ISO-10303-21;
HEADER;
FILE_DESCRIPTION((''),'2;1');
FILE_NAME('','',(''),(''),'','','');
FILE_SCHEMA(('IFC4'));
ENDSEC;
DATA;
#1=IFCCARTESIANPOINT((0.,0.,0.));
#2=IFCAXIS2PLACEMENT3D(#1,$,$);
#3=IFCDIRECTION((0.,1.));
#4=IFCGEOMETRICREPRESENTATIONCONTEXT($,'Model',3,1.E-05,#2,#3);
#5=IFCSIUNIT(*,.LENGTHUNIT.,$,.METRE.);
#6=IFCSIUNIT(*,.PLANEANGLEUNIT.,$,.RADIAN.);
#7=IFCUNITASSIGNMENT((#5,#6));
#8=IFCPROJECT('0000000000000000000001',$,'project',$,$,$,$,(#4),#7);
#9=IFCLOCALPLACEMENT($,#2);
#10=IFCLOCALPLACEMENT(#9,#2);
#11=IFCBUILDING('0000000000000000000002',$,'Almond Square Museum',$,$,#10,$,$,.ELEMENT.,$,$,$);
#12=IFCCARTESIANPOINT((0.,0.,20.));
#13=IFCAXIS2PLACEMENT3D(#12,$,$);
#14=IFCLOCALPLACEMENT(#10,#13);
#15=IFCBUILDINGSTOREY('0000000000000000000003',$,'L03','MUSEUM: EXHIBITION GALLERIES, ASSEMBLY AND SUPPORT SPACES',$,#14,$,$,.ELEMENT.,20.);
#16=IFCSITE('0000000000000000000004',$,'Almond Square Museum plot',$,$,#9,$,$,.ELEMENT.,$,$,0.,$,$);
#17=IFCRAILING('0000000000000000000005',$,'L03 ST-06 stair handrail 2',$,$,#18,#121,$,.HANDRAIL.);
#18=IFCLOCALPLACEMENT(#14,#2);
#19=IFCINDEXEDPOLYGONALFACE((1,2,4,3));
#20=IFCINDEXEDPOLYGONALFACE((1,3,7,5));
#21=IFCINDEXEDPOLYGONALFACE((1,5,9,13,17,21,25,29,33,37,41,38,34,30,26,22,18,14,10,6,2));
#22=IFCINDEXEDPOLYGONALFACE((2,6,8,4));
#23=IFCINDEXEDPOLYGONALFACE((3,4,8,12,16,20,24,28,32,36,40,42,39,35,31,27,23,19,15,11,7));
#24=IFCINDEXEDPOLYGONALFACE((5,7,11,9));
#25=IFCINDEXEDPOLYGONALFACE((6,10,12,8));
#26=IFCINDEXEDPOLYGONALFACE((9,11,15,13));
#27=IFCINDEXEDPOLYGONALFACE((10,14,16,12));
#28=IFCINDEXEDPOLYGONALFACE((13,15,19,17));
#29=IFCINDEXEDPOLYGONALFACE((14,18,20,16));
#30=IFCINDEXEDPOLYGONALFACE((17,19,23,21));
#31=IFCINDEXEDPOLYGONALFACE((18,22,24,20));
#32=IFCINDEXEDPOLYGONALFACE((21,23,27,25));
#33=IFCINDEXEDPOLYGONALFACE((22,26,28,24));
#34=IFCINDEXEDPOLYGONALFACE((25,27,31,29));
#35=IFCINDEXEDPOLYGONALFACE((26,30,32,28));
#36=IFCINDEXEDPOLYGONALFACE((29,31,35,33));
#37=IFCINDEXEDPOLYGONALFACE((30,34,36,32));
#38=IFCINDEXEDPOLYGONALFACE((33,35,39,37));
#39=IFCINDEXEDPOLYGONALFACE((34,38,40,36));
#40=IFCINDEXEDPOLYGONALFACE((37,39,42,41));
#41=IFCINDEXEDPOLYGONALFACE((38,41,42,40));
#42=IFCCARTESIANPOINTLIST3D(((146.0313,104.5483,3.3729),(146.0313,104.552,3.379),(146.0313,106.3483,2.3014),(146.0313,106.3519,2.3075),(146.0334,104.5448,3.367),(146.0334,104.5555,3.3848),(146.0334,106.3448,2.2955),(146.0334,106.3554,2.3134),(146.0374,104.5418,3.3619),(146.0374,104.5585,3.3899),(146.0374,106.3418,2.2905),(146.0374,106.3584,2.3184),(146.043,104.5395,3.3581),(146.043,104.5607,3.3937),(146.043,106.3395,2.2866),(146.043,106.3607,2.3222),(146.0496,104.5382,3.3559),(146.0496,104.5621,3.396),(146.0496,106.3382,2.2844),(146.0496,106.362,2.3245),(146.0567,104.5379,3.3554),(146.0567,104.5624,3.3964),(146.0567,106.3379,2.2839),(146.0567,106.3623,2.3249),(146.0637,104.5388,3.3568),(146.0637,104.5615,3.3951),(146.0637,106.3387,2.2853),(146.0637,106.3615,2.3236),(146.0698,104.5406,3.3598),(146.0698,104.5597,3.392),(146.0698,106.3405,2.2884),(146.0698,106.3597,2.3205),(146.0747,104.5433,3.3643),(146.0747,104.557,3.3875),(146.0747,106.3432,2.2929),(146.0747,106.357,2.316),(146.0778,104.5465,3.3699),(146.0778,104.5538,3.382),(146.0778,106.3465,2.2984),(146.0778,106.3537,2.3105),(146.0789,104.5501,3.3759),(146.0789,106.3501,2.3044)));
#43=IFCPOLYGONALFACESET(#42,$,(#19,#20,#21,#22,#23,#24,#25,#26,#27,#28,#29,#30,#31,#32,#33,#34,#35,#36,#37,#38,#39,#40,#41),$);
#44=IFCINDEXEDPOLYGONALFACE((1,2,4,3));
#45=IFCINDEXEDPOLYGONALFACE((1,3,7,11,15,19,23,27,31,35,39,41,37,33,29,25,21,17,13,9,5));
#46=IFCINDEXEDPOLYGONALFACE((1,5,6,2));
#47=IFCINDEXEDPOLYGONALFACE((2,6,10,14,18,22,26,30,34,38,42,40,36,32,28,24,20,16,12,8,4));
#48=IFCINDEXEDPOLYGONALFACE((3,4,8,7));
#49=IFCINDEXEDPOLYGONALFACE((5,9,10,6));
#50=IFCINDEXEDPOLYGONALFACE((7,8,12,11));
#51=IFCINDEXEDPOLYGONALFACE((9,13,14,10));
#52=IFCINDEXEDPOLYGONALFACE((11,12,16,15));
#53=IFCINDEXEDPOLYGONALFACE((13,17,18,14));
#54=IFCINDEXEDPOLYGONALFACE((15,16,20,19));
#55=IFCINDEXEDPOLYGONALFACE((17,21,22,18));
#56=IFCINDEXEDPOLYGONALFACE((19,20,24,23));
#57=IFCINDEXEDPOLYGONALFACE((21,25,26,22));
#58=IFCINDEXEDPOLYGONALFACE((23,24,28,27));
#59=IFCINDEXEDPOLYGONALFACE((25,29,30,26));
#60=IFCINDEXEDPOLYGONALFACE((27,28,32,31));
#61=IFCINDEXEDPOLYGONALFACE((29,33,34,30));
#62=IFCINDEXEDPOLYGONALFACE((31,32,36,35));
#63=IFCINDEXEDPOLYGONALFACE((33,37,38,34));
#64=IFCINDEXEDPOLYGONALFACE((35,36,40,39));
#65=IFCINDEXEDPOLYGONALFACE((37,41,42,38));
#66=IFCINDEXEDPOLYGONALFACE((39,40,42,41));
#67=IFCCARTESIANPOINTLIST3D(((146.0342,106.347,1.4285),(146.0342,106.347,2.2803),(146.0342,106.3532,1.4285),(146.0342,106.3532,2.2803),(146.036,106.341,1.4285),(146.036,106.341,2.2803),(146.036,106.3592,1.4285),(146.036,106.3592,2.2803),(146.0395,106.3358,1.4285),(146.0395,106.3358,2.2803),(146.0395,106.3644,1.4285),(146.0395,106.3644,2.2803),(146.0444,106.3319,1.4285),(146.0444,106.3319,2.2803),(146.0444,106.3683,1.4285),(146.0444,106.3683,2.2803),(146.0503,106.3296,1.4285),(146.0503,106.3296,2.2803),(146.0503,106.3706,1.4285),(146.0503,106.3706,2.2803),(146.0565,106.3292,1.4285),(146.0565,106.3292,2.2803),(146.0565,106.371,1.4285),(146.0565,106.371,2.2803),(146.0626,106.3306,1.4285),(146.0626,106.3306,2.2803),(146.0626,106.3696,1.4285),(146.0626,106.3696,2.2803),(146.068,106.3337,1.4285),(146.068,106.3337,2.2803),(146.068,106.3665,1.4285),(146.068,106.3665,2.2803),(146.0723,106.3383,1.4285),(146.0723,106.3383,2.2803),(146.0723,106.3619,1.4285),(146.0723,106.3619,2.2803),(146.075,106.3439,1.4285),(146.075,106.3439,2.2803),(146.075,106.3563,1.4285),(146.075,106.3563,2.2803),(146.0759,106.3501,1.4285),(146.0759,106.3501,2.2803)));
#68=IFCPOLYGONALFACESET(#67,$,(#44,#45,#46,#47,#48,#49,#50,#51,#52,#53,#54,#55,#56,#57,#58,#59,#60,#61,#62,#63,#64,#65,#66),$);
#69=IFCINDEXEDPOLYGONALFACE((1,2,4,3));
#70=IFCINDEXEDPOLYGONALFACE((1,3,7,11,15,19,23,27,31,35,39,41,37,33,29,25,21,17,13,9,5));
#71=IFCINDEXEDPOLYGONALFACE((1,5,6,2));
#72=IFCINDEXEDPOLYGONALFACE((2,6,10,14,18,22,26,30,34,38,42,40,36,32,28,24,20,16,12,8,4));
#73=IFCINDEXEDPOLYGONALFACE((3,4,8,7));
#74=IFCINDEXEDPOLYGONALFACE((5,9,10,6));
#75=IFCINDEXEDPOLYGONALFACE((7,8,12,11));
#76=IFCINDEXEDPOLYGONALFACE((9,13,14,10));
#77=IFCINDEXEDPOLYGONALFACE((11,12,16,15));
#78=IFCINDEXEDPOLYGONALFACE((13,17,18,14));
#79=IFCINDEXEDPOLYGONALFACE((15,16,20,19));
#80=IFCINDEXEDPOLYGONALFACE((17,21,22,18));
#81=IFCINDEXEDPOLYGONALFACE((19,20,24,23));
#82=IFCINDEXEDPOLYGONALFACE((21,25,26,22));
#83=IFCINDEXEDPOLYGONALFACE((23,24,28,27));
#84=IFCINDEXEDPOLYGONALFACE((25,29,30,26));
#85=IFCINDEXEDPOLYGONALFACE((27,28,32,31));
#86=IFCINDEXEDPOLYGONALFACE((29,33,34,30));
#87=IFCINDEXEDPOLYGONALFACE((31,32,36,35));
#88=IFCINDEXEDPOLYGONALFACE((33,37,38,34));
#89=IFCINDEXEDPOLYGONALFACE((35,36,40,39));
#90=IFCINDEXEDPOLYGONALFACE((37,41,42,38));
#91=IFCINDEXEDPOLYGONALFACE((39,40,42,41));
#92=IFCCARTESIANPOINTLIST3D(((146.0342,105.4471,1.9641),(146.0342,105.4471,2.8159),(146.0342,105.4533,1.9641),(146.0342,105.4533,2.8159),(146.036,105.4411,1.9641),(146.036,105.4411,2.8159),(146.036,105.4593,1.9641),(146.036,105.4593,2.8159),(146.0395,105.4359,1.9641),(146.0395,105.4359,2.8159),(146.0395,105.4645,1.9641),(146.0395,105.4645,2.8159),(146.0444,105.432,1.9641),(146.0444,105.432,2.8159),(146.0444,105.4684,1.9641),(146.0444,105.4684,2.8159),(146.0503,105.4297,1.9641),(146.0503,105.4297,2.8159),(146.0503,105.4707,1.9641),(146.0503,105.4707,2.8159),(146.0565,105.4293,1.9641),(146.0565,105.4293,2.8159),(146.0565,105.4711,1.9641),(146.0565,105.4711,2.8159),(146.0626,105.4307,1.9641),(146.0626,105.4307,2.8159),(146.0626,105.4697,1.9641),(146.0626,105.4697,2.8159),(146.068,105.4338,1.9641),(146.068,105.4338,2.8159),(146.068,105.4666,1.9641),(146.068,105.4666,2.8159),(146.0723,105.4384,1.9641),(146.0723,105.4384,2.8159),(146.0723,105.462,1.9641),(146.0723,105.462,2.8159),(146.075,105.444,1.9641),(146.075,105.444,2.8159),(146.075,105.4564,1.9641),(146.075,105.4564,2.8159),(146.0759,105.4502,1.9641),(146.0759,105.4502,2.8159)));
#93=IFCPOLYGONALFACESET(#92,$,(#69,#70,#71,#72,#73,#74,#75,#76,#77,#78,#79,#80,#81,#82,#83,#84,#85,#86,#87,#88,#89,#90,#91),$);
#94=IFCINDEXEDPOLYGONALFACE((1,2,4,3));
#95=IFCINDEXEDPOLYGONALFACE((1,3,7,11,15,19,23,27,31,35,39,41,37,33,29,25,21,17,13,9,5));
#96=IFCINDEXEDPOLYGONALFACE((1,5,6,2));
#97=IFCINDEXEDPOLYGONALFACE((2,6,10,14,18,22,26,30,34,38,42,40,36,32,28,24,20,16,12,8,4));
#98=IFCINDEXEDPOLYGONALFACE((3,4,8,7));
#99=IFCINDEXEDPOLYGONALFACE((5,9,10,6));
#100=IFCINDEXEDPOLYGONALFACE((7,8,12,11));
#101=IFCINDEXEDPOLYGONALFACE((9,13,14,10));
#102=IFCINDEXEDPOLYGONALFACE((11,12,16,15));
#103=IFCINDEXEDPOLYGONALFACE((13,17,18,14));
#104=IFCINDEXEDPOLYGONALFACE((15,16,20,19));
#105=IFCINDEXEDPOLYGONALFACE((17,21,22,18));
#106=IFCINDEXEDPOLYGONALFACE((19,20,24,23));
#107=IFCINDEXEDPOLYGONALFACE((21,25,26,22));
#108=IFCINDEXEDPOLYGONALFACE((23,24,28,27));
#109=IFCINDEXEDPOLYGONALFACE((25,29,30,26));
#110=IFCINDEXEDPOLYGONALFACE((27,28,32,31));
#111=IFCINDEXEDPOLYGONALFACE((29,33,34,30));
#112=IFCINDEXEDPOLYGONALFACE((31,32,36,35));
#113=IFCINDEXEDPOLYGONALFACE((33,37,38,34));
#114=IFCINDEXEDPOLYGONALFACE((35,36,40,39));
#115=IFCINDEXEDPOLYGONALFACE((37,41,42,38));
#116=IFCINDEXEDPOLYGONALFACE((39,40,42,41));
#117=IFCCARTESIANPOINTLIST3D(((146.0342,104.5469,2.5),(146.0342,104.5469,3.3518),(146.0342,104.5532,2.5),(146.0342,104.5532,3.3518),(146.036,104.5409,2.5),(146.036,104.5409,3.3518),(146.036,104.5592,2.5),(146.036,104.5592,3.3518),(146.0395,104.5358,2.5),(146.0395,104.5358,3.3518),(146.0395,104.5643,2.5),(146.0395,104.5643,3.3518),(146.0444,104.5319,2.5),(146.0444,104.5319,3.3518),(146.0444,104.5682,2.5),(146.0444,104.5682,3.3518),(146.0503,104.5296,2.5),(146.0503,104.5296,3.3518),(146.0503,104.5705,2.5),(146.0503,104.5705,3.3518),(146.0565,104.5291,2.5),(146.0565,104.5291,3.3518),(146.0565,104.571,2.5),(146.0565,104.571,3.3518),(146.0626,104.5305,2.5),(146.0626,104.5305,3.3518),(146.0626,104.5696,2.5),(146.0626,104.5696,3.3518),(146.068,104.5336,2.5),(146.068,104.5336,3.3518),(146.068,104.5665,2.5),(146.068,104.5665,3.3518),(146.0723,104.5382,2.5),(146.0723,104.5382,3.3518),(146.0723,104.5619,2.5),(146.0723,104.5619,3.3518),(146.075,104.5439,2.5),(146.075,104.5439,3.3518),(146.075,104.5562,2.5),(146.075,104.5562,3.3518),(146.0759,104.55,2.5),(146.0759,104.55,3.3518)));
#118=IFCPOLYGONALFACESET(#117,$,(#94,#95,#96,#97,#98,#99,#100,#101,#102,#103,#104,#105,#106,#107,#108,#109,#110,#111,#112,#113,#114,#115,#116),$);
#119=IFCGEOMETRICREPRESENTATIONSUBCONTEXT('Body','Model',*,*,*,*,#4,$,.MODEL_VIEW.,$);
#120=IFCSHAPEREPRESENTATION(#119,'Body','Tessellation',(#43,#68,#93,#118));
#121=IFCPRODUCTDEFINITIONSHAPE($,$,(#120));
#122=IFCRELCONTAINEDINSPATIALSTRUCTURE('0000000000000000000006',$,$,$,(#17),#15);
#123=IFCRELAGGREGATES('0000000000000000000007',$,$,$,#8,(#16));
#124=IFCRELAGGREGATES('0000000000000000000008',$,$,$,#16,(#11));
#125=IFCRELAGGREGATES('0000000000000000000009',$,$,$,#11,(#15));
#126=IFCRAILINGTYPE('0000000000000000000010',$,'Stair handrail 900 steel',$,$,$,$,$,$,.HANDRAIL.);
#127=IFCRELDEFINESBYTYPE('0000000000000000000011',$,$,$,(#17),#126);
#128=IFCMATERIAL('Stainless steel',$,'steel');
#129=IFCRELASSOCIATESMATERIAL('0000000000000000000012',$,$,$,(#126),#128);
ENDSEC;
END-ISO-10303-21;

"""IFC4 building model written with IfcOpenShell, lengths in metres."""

from ifc_helpers import new_model, si_unit, direction, frame, origin, origin_2d, place, context, subcontext, project, spatial, circle, extrude, material, type_object, element, save


model = new_model("IFC4")

# Units and contexts
model_context = context("Model", 3, precision=1e-05, world=origin(), true_north=direction((0.0, 1.0)))
body_context = subcontext(model_context, "Body", "Model", "MODEL_VIEW")
ifc_project = project(units=[si_unit("LENGTHUNIT", "METRE"), si_unit("PLANEANGLEUNIT", "RADIAN")], contexts=[model_context])

# Site, building, storey
site_placement = place(None, origin())
site = spatial("IfcSite", under=ifc_project, at=site_placement, Name="Almond Square Museum plot", CompositionType="ELEMENT", RefElevation=0.0)
building_placement = place(site_placement, origin())
building = spatial("IfcBuilding", under=site, at=building_placement, Name="Almond Square Museum", CompositionType="ELEMENT")
storey_placement = place(building_placement, frame((0.0, 0.0, 20.0)))
storey = spatial("IfcBuildingStorey", under=building, at=storey_placement, Name="L03", Description="MUSEUM: EXHIBITION GALLERIES, ASSEMBLY AND SUPPORT SPACES", CompositionType="ELEMENT", Elevation=20.0)

# Railing
ifc_material_1 = material(Name="Stainless steel", Category="steel")
railing_type_1 = type_object("IfcRailingType", Name="Stair handrail 900 steel", PredefinedType="HANDRAIL", material=ifc_material_1)
railing_1_placement = place(storey_placement, frame((146.0549, 106.3501, 1.4285)))
element("IfcRailing", 1, at=railing_1_placement, inside=storey, type_object=railing_type_1, Name="L03 ST-06 stair handrail 2", PredefinedType="HANDRAIL", context=body_context, shape_type="SweptSolid", body=[
    extrude(circle(Radius=0.0239, at=origin_2d()), frame((0.0, 0.0, 0.876), z_axis=(0.0, -0.859277, 0.51151), x_axis=(1.0, 0.0, 0.0)), (0.0, 0.0, 1.0), 2.0947),
    extrude(circle(Radius=0.021, at=origin_2d()), origin(), (0.0, 0.0, 1.0), 0.8518),
    extrude(circle(Radius=0.021, at=origin_2d()), frame((0.0, -0.8999, 0.5356)), (0.0, 0.0, 1.0), 0.8518),
    extrude(circle(Radius=0.021, at=origin_2d()), frame((0.0, -1.8, 1.0715)), (0.0, 0.0, 1.0), 0.8518),
])

save(model, "model.ifc")
